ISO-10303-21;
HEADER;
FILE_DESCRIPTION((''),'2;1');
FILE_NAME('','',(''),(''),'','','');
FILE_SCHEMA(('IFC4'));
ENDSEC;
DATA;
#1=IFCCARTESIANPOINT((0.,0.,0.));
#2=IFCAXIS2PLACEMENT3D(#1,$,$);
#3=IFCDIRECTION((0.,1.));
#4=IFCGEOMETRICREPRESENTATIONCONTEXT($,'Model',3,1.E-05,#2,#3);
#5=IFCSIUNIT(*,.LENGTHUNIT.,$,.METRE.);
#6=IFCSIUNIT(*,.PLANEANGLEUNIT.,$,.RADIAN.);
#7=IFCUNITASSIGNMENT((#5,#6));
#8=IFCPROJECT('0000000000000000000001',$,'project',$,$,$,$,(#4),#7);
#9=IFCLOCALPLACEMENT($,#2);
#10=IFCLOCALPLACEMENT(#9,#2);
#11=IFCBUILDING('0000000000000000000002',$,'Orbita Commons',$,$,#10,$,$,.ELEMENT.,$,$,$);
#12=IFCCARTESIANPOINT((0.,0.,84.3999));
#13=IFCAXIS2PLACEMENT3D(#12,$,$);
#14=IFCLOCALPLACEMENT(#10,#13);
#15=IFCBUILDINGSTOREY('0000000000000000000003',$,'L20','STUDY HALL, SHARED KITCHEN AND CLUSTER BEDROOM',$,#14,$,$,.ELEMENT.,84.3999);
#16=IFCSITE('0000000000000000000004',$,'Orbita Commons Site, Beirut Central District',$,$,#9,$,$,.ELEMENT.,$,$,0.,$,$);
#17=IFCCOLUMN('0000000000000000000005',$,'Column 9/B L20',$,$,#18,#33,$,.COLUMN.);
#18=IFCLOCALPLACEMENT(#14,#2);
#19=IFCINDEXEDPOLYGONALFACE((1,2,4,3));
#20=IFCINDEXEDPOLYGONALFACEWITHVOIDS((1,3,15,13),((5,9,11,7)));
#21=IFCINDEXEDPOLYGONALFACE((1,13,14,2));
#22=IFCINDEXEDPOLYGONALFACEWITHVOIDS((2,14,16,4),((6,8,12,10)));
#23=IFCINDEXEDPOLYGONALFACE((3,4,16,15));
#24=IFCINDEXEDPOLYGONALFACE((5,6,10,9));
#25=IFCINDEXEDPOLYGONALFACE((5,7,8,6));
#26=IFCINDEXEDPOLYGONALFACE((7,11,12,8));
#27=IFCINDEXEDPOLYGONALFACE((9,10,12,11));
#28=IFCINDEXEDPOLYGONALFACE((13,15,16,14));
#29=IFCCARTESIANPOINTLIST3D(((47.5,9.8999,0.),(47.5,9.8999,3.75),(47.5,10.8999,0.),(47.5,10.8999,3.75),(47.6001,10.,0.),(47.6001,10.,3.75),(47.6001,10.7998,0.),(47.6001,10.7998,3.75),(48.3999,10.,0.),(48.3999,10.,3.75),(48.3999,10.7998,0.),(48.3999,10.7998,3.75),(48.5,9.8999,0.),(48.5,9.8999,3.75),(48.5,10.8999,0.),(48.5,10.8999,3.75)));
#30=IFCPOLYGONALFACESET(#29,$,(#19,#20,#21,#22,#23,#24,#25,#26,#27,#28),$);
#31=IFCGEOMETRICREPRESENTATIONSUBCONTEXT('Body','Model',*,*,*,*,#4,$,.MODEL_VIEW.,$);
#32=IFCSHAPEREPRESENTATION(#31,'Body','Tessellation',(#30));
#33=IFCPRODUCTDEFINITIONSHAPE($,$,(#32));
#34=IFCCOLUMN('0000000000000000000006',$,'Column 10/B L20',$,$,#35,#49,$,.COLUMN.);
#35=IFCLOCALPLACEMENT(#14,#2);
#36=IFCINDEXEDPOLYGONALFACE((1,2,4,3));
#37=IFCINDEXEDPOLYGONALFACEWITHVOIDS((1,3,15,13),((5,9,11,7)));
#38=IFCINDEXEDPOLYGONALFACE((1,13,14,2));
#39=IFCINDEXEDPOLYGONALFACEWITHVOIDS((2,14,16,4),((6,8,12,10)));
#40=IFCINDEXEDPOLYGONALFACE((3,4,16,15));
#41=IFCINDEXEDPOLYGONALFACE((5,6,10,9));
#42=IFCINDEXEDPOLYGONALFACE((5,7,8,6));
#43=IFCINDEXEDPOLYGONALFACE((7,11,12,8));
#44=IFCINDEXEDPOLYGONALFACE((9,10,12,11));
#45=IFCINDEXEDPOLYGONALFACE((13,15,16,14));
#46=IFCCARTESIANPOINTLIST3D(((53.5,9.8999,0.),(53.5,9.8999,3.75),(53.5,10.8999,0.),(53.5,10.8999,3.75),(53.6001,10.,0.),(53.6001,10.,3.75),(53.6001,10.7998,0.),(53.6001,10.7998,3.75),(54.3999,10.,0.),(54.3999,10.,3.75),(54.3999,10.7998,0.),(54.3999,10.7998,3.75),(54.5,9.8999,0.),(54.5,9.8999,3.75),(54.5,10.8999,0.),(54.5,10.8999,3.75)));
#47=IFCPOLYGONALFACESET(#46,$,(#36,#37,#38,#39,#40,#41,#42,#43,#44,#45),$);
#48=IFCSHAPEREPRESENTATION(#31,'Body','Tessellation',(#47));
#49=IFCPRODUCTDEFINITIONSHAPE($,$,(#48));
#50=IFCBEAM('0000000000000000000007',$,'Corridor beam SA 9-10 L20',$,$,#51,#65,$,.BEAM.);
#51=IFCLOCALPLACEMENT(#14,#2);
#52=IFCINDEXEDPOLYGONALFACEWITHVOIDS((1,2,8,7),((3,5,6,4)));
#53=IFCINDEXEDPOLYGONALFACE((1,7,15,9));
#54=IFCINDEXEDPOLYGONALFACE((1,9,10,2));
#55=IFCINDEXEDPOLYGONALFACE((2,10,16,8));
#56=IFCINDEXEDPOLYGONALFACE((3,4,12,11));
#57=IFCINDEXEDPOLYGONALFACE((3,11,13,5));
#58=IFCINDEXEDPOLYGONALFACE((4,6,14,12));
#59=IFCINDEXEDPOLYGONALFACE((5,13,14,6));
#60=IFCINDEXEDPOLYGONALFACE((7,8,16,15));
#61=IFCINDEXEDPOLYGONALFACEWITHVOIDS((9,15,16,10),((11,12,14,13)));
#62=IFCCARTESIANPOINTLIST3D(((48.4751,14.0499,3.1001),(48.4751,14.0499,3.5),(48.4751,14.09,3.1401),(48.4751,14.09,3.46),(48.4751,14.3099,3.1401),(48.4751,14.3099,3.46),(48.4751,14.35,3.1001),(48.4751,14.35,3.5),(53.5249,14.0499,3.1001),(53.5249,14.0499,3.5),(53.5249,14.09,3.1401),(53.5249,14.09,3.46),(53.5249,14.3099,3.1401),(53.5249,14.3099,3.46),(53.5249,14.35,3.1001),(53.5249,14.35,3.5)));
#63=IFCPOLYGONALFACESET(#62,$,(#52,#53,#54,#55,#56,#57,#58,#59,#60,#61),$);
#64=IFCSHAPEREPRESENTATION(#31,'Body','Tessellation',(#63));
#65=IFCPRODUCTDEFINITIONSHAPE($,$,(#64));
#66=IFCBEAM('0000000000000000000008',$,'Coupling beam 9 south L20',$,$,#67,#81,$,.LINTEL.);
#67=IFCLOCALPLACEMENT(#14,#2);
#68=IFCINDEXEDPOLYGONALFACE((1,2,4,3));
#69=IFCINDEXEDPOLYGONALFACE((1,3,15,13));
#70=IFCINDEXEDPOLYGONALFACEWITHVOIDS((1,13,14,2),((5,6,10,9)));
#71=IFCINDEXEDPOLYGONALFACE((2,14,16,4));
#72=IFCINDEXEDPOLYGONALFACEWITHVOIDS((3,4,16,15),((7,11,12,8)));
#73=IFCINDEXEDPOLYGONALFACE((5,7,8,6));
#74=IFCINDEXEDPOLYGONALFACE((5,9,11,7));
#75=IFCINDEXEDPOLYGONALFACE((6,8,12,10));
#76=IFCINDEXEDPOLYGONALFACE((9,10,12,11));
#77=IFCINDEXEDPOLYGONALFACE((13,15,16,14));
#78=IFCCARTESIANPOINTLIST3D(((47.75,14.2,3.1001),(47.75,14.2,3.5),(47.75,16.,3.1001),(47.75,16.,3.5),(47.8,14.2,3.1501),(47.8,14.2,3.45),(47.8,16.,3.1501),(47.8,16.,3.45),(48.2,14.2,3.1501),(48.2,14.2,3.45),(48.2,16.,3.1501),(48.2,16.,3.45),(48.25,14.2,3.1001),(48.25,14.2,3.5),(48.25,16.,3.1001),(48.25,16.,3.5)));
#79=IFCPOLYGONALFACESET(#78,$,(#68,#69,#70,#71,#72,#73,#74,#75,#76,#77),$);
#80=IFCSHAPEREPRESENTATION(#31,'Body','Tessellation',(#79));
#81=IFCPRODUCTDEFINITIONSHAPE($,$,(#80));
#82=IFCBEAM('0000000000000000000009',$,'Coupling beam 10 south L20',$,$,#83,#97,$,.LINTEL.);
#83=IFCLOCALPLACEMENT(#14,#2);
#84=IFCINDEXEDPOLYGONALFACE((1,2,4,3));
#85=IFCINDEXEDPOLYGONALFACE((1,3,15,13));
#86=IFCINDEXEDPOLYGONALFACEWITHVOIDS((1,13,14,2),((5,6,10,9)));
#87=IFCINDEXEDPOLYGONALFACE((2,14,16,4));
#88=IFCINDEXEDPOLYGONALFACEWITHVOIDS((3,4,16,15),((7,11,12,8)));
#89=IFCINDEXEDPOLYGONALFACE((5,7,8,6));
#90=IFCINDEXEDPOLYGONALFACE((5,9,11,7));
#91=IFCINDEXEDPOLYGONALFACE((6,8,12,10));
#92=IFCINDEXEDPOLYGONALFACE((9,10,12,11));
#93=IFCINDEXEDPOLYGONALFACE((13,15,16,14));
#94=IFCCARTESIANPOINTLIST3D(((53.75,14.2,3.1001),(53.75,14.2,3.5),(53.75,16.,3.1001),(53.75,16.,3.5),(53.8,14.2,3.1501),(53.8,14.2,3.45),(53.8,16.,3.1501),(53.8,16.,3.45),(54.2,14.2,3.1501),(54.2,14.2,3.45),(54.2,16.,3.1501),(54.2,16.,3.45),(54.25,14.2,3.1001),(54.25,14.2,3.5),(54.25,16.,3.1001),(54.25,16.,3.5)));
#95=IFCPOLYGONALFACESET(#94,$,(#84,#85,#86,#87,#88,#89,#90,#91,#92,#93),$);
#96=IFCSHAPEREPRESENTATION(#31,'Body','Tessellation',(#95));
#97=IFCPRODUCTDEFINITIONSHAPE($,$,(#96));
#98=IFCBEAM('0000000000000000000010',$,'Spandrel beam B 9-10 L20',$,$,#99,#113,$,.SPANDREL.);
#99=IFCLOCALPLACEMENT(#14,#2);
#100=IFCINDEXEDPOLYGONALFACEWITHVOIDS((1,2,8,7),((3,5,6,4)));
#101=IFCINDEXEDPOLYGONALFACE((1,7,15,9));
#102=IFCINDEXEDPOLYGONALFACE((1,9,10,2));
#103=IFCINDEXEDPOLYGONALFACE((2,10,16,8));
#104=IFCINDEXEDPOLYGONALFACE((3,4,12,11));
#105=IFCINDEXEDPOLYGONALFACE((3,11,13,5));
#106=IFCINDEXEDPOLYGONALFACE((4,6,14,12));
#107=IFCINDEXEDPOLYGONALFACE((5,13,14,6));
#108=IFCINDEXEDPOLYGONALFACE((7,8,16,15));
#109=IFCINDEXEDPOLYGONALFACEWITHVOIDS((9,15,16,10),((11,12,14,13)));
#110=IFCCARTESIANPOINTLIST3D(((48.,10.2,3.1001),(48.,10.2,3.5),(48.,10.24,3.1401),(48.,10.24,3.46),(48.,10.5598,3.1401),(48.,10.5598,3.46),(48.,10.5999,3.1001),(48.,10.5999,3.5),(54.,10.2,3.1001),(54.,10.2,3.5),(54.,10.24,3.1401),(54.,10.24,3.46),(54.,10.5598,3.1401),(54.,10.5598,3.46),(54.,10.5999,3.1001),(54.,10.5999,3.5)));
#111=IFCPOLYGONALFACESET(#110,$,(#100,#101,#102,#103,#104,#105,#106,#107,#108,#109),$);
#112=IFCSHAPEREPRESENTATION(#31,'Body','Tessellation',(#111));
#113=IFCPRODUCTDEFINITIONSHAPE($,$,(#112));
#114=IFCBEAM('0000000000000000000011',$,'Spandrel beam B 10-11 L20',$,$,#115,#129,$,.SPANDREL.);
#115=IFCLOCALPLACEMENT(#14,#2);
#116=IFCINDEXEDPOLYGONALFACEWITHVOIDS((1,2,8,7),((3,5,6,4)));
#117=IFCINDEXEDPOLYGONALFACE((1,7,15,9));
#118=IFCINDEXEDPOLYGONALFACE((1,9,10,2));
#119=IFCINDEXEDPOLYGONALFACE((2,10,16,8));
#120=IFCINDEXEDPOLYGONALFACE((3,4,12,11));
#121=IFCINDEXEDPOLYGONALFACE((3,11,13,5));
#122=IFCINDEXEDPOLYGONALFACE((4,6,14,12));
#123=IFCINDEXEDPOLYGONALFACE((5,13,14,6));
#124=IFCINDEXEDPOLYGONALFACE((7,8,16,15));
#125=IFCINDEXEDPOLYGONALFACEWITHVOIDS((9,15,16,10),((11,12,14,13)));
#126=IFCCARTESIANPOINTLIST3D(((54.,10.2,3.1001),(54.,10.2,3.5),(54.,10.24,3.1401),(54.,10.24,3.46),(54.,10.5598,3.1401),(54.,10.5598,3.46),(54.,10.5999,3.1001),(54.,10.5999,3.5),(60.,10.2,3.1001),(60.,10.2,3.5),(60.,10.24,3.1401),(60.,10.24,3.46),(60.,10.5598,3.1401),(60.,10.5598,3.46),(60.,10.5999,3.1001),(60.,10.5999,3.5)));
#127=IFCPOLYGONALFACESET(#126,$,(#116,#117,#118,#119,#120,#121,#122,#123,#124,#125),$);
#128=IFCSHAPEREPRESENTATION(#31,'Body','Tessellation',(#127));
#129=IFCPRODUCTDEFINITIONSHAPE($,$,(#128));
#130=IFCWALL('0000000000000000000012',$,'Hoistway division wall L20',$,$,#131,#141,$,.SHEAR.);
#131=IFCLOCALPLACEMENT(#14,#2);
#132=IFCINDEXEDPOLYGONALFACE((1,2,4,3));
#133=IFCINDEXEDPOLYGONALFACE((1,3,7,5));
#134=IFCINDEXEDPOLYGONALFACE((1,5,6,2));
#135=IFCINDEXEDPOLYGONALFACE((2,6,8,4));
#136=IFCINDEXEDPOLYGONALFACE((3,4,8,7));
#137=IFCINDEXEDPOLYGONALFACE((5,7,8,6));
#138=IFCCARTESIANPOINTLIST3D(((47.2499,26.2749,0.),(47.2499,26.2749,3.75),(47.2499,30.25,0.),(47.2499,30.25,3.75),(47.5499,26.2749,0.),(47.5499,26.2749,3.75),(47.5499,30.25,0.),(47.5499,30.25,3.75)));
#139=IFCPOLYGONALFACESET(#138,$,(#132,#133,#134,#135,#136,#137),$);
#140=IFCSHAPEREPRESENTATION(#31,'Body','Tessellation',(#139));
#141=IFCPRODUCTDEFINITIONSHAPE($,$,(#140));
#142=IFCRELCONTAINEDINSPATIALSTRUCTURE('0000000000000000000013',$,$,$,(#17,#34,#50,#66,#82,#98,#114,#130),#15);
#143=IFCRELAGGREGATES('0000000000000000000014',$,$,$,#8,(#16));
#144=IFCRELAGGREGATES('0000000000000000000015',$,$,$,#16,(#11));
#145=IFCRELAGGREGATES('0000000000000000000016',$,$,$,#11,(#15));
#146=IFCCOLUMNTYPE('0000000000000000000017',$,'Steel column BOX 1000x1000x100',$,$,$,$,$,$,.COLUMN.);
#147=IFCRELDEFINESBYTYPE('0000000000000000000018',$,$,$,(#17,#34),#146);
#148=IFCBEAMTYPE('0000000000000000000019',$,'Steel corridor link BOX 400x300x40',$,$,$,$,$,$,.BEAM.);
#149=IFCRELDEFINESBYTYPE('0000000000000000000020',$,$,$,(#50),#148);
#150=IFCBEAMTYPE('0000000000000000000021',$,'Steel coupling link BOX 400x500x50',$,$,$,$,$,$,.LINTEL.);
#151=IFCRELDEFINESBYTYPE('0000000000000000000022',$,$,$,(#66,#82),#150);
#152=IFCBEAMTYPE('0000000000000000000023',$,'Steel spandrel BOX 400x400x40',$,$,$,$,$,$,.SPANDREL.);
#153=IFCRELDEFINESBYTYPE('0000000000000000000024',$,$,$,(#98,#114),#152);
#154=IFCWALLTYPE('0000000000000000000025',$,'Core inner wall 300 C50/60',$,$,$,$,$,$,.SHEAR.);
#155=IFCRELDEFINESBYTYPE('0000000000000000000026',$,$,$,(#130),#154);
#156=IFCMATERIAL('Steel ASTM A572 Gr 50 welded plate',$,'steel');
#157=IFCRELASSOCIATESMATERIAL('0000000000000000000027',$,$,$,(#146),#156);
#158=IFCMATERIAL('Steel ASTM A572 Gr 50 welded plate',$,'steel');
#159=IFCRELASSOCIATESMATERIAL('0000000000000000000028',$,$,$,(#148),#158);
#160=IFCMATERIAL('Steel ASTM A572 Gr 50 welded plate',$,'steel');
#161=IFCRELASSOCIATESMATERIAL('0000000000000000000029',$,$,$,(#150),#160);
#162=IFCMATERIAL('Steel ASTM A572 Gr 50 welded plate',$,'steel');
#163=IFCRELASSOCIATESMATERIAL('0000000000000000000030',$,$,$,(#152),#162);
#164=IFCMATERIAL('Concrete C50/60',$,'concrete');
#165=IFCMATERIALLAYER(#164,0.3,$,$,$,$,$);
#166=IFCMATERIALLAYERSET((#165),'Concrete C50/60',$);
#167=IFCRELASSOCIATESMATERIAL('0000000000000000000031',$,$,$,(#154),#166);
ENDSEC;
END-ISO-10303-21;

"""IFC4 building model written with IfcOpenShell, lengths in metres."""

from ifc_helpers import new_model, si_unit, direction, frame, frame_2d, origin, origin_2d, place, context, subcontext, project, spatial, rectangle, hollow_rectangle, extrude, material, layer, layer_set, material_profile, profile_set, type_object, element, save


model = new_model("IFC4")

# Units and contexts
model_context = context("Model", 3, precision=1e-05, world=origin(), true_north=direction((0.0, 1.0)))
body_context = subcontext(model_context, "Body", "Model", "MODEL_VIEW")
ifc_project = project(units=[si_unit("LENGTHUNIT", "METRE"), si_unit("PLANEANGLEUNIT", "RADIAN")], contexts=[model_context])

# Site, building, storey
site_placement = place(None, origin())
site = spatial("IfcSite", under=ifc_project, at=site_placement, Name="Orbita Commons Site, Beirut Central District", CompositionType="ELEMENT", RefElevation=0.0)
building_placement = place(site_placement, origin())
building = spatial("IfcBuilding", under=site, at=building_placement, Name="Orbita Commons", CompositionType="ELEMENT")
storey_placement = place(building_placement, frame((0.0, 0.0, 84.3999)))
storey = spatial("IfcBuildingStorey", under=building, at=storey_placement, Name="L20", Description="STUDY HALL, SHARED KITCHEN AND CLUSTER BEDROOM", CompositionType="ELEMENT", Elevation=84.3999)

# Columns
ifc_material_1 = material(Name="Steel ASTM A572 Gr 50 welded plate", Category="steel")
ifc_material_profile_1 = material_profile(ifc_material_1, hollow_rectangle(XDim=1.0, YDim=1.0, WallThickness=0.1001, at=origin_2d()), Name="BOX 1000x1000x100")
ifc_profile_set_1 = profile_set([ifc_material_profile_1], Name="Steel ASTM A572 Gr 50 welded plate")
column_type = type_object("IfcColumnType", Name="Steel column BOX 1000x1000x100", PredefinedType="COLUMN", material=ifc_profile_set_1)
for number, where, z_axis, x_axis, name in (
    (1, (48.0, 10.3999, 0.0), (0.0, 0.0, 1.0), (1.0, 0.0, 0.0), "Column 9/B L20"),
    (2, (54.0, 10.3999, 0.0), (0.0, 0.0, 1.0), (1.0, 0.0, 0.0), "Column 10/B L20"),
):
    element("IfcColumn", number, at=place(storey_placement, frame(where, z_axis=z_axis, x_axis=x_axis)), inside=storey, type_object=column_type, Name=name, PredefinedType="COLUMN", context=body_context, shape_type="SweptSolid", body=[
        extrude(hollow_rectangle(XDim=1.0, YDim=1.0, WallThickness=0.1001, at=origin_2d()), origin(), (0.0, 0.0, 1.0), 3.75),
    ])

# Beams
ifc_material_2 = material(Name="Steel ASTM A572 Gr 50 welded plate", Category="steel")
ifc_material_profile_2 = material_profile(ifc_material_2, hollow_rectangle(XDim=0.3, YDim=0.3999, WallThickness=0.04, at=origin_2d()), Name="BOX 400x300x40")
ifc_profile_set_2 = profile_set([ifc_material_profile_2], Name="Steel ASTM A572 Gr 50 welded plate")
beam_type_1 = type_object("IfcBeamType", Name="Steel corridor link BOX 400x300x40", PredefinedType="BEAM", material=ifc_profile_set_2)
beam_placement = place(storey_placement, frame((48.4751, 14.2, 3.3), z_axis=(1.0, 0.0, 0.0), x_axis=(0.0, 1.0, 0.0)))
element("IfcBeam", 3, at=beam_placement, inside=storey, type_object=beam_type_1, Name="Corridor beam SA 9-10 L20", PredefinedType="BEAM", context=body_context, shape_type="SweptSolid", body=[
    extrude(hollow_rectangle(XDim=0.3, YDim=0.3999, WallThickness=0.04, at=origin_2d()), origin(), (0.0, 0.0, 1.0), 5.0498),
])
ifc_material_3 = material(Name="Steel ASTM A572 Gr 50 welded plate", Category="steel")
ifc_material_profile_3 = material_profile(ifc_material_3, hollow_rectangle(XDim=0.5, YDim=0.3999, WallThickness=0.05, at=origin_2d()), Name="BOX 400x500x50")
ifc_profile_set_3 = profile_set([ifc_material_profile_3], Name="Steel ASTM A572 Gr 50 welded plate")
beam_type_2 = type_object("IfcBeamType", Name="Steel coupling link BOX 400x500x50", PredefinedType="LINTEL", material=ifc_profile_set_3)
for number, where, z_axis, x_axis, name in (
    (4, (48.0, 14.2, 3.3), (0.0, 1.0, 0.0), (-1.0, 0.0, 0.0), "Coupling beam 9 south L20"),
    (5, (54.0, 14.2, 3.3), (0.0, 1.0, 0.0), (-1.0, 0.0, 0.0), "Coupling beam 10 south L20"),
):
    element("IfcBeam", number, at=place(storey_placement, frame(where, z_axis=z_axis, x_axis=x_axis)), inside=storey, type_object=beam_type_2, Name=name, PredefinedType="LINTEL", context=body_context, shape_type="SweptSolid", body=[
        extrude(hollow_rectangle(XDim=0.5, YDim=0.3999, WallThickness=0.05, at=origin_2d()), origin(), (0.0, 0.0, 1.0), 1.8),
    ])
ifc_material_4 = material(Name="Steel ASTM A572 Gr 50 welded plate", Category="steel")
ifc_material_profile_4 = material_profile(ifc_material_4, hollow_rectangle(XDim=0.3999, YDim=0.3999, WallThickness=0.04, at=origin_2d()), Name="BOX 400x400x40")
ifc_profile_set_4 = profile_set([ifc_material_profile_4], Name="Steel ASTM A572 Gr 50 welded plate")
beam_type_3 = type_object("IfcBeamType", Name="Steel spandrel BOX 400x400x40", PredefinedType="SPANDREL", material=ifc_profile_set_4)
for number, where, z_axis, x_axis, name in (
    (6, (48.0, 10.3999, 3.3), (1.0, 0.0, 0.0), (0.0, 1.0, 0.0), "Spandrel beam B 9-10 L20"),
    (7, (54.0, 10.3999, 3.3), (1.0, 0.0, 0.0), (0.0, 1.0, 0.0), "Spandrel beam B 10-11 L20"),
):
    element("IfcBeam", number, at=place(storey_placement, frame(where, z_axis=z_axis, x_axis=x_axis)), inside=storey, type_object=beam_type_3, Name=name, PredefinedType="SPANDREL", context=body_context, shape_type="SweptSolid", body=[
        extrude(hollow_rectangle(XDim=0.3999, YDim=0.3999, WallThickness=0.04, at=origin_2d()), origin(), (0.0, 0.0, 1.0), 6.0),
    ])

# Wall
ifc_material_5 = material(Name="Concrete C50/60", Category="concrete")
ifc_layer_1 = layer(ifc_material_5, 0.3)
ifc_layer_set_1 = layer_set([ifc_layer_1], Name="Concrete C50/60")
wall_type_1 = type_object("IfcWallType", Name="Core inner wall 300 C50/60", PredefinedType="SHEAR", material=ifc_layer_set_1)
wall_1_placement = place(storey_placement, frame((47.3999, 26.2749, 0.0), z_axis=(0.0, 0.0, 1.0), x_axis=(0.0, 1.0, 0.0)))
element("IfcWall", 8, at=wall_1_placement, inside=storey, type_object=wall_type_1, Name="Hoistway division wall L20", PredefinedType="SHEAR", context=body_context, shape_type="SweptSolid", body=[
    extrude(rectangle(XDim=3.9751, YDim=0.3, at=frame_2d((1.9875, 0.0))), origin(), (0.0, 0.0, 1.0), 3.75),
])

save(model, "model.ifc")
